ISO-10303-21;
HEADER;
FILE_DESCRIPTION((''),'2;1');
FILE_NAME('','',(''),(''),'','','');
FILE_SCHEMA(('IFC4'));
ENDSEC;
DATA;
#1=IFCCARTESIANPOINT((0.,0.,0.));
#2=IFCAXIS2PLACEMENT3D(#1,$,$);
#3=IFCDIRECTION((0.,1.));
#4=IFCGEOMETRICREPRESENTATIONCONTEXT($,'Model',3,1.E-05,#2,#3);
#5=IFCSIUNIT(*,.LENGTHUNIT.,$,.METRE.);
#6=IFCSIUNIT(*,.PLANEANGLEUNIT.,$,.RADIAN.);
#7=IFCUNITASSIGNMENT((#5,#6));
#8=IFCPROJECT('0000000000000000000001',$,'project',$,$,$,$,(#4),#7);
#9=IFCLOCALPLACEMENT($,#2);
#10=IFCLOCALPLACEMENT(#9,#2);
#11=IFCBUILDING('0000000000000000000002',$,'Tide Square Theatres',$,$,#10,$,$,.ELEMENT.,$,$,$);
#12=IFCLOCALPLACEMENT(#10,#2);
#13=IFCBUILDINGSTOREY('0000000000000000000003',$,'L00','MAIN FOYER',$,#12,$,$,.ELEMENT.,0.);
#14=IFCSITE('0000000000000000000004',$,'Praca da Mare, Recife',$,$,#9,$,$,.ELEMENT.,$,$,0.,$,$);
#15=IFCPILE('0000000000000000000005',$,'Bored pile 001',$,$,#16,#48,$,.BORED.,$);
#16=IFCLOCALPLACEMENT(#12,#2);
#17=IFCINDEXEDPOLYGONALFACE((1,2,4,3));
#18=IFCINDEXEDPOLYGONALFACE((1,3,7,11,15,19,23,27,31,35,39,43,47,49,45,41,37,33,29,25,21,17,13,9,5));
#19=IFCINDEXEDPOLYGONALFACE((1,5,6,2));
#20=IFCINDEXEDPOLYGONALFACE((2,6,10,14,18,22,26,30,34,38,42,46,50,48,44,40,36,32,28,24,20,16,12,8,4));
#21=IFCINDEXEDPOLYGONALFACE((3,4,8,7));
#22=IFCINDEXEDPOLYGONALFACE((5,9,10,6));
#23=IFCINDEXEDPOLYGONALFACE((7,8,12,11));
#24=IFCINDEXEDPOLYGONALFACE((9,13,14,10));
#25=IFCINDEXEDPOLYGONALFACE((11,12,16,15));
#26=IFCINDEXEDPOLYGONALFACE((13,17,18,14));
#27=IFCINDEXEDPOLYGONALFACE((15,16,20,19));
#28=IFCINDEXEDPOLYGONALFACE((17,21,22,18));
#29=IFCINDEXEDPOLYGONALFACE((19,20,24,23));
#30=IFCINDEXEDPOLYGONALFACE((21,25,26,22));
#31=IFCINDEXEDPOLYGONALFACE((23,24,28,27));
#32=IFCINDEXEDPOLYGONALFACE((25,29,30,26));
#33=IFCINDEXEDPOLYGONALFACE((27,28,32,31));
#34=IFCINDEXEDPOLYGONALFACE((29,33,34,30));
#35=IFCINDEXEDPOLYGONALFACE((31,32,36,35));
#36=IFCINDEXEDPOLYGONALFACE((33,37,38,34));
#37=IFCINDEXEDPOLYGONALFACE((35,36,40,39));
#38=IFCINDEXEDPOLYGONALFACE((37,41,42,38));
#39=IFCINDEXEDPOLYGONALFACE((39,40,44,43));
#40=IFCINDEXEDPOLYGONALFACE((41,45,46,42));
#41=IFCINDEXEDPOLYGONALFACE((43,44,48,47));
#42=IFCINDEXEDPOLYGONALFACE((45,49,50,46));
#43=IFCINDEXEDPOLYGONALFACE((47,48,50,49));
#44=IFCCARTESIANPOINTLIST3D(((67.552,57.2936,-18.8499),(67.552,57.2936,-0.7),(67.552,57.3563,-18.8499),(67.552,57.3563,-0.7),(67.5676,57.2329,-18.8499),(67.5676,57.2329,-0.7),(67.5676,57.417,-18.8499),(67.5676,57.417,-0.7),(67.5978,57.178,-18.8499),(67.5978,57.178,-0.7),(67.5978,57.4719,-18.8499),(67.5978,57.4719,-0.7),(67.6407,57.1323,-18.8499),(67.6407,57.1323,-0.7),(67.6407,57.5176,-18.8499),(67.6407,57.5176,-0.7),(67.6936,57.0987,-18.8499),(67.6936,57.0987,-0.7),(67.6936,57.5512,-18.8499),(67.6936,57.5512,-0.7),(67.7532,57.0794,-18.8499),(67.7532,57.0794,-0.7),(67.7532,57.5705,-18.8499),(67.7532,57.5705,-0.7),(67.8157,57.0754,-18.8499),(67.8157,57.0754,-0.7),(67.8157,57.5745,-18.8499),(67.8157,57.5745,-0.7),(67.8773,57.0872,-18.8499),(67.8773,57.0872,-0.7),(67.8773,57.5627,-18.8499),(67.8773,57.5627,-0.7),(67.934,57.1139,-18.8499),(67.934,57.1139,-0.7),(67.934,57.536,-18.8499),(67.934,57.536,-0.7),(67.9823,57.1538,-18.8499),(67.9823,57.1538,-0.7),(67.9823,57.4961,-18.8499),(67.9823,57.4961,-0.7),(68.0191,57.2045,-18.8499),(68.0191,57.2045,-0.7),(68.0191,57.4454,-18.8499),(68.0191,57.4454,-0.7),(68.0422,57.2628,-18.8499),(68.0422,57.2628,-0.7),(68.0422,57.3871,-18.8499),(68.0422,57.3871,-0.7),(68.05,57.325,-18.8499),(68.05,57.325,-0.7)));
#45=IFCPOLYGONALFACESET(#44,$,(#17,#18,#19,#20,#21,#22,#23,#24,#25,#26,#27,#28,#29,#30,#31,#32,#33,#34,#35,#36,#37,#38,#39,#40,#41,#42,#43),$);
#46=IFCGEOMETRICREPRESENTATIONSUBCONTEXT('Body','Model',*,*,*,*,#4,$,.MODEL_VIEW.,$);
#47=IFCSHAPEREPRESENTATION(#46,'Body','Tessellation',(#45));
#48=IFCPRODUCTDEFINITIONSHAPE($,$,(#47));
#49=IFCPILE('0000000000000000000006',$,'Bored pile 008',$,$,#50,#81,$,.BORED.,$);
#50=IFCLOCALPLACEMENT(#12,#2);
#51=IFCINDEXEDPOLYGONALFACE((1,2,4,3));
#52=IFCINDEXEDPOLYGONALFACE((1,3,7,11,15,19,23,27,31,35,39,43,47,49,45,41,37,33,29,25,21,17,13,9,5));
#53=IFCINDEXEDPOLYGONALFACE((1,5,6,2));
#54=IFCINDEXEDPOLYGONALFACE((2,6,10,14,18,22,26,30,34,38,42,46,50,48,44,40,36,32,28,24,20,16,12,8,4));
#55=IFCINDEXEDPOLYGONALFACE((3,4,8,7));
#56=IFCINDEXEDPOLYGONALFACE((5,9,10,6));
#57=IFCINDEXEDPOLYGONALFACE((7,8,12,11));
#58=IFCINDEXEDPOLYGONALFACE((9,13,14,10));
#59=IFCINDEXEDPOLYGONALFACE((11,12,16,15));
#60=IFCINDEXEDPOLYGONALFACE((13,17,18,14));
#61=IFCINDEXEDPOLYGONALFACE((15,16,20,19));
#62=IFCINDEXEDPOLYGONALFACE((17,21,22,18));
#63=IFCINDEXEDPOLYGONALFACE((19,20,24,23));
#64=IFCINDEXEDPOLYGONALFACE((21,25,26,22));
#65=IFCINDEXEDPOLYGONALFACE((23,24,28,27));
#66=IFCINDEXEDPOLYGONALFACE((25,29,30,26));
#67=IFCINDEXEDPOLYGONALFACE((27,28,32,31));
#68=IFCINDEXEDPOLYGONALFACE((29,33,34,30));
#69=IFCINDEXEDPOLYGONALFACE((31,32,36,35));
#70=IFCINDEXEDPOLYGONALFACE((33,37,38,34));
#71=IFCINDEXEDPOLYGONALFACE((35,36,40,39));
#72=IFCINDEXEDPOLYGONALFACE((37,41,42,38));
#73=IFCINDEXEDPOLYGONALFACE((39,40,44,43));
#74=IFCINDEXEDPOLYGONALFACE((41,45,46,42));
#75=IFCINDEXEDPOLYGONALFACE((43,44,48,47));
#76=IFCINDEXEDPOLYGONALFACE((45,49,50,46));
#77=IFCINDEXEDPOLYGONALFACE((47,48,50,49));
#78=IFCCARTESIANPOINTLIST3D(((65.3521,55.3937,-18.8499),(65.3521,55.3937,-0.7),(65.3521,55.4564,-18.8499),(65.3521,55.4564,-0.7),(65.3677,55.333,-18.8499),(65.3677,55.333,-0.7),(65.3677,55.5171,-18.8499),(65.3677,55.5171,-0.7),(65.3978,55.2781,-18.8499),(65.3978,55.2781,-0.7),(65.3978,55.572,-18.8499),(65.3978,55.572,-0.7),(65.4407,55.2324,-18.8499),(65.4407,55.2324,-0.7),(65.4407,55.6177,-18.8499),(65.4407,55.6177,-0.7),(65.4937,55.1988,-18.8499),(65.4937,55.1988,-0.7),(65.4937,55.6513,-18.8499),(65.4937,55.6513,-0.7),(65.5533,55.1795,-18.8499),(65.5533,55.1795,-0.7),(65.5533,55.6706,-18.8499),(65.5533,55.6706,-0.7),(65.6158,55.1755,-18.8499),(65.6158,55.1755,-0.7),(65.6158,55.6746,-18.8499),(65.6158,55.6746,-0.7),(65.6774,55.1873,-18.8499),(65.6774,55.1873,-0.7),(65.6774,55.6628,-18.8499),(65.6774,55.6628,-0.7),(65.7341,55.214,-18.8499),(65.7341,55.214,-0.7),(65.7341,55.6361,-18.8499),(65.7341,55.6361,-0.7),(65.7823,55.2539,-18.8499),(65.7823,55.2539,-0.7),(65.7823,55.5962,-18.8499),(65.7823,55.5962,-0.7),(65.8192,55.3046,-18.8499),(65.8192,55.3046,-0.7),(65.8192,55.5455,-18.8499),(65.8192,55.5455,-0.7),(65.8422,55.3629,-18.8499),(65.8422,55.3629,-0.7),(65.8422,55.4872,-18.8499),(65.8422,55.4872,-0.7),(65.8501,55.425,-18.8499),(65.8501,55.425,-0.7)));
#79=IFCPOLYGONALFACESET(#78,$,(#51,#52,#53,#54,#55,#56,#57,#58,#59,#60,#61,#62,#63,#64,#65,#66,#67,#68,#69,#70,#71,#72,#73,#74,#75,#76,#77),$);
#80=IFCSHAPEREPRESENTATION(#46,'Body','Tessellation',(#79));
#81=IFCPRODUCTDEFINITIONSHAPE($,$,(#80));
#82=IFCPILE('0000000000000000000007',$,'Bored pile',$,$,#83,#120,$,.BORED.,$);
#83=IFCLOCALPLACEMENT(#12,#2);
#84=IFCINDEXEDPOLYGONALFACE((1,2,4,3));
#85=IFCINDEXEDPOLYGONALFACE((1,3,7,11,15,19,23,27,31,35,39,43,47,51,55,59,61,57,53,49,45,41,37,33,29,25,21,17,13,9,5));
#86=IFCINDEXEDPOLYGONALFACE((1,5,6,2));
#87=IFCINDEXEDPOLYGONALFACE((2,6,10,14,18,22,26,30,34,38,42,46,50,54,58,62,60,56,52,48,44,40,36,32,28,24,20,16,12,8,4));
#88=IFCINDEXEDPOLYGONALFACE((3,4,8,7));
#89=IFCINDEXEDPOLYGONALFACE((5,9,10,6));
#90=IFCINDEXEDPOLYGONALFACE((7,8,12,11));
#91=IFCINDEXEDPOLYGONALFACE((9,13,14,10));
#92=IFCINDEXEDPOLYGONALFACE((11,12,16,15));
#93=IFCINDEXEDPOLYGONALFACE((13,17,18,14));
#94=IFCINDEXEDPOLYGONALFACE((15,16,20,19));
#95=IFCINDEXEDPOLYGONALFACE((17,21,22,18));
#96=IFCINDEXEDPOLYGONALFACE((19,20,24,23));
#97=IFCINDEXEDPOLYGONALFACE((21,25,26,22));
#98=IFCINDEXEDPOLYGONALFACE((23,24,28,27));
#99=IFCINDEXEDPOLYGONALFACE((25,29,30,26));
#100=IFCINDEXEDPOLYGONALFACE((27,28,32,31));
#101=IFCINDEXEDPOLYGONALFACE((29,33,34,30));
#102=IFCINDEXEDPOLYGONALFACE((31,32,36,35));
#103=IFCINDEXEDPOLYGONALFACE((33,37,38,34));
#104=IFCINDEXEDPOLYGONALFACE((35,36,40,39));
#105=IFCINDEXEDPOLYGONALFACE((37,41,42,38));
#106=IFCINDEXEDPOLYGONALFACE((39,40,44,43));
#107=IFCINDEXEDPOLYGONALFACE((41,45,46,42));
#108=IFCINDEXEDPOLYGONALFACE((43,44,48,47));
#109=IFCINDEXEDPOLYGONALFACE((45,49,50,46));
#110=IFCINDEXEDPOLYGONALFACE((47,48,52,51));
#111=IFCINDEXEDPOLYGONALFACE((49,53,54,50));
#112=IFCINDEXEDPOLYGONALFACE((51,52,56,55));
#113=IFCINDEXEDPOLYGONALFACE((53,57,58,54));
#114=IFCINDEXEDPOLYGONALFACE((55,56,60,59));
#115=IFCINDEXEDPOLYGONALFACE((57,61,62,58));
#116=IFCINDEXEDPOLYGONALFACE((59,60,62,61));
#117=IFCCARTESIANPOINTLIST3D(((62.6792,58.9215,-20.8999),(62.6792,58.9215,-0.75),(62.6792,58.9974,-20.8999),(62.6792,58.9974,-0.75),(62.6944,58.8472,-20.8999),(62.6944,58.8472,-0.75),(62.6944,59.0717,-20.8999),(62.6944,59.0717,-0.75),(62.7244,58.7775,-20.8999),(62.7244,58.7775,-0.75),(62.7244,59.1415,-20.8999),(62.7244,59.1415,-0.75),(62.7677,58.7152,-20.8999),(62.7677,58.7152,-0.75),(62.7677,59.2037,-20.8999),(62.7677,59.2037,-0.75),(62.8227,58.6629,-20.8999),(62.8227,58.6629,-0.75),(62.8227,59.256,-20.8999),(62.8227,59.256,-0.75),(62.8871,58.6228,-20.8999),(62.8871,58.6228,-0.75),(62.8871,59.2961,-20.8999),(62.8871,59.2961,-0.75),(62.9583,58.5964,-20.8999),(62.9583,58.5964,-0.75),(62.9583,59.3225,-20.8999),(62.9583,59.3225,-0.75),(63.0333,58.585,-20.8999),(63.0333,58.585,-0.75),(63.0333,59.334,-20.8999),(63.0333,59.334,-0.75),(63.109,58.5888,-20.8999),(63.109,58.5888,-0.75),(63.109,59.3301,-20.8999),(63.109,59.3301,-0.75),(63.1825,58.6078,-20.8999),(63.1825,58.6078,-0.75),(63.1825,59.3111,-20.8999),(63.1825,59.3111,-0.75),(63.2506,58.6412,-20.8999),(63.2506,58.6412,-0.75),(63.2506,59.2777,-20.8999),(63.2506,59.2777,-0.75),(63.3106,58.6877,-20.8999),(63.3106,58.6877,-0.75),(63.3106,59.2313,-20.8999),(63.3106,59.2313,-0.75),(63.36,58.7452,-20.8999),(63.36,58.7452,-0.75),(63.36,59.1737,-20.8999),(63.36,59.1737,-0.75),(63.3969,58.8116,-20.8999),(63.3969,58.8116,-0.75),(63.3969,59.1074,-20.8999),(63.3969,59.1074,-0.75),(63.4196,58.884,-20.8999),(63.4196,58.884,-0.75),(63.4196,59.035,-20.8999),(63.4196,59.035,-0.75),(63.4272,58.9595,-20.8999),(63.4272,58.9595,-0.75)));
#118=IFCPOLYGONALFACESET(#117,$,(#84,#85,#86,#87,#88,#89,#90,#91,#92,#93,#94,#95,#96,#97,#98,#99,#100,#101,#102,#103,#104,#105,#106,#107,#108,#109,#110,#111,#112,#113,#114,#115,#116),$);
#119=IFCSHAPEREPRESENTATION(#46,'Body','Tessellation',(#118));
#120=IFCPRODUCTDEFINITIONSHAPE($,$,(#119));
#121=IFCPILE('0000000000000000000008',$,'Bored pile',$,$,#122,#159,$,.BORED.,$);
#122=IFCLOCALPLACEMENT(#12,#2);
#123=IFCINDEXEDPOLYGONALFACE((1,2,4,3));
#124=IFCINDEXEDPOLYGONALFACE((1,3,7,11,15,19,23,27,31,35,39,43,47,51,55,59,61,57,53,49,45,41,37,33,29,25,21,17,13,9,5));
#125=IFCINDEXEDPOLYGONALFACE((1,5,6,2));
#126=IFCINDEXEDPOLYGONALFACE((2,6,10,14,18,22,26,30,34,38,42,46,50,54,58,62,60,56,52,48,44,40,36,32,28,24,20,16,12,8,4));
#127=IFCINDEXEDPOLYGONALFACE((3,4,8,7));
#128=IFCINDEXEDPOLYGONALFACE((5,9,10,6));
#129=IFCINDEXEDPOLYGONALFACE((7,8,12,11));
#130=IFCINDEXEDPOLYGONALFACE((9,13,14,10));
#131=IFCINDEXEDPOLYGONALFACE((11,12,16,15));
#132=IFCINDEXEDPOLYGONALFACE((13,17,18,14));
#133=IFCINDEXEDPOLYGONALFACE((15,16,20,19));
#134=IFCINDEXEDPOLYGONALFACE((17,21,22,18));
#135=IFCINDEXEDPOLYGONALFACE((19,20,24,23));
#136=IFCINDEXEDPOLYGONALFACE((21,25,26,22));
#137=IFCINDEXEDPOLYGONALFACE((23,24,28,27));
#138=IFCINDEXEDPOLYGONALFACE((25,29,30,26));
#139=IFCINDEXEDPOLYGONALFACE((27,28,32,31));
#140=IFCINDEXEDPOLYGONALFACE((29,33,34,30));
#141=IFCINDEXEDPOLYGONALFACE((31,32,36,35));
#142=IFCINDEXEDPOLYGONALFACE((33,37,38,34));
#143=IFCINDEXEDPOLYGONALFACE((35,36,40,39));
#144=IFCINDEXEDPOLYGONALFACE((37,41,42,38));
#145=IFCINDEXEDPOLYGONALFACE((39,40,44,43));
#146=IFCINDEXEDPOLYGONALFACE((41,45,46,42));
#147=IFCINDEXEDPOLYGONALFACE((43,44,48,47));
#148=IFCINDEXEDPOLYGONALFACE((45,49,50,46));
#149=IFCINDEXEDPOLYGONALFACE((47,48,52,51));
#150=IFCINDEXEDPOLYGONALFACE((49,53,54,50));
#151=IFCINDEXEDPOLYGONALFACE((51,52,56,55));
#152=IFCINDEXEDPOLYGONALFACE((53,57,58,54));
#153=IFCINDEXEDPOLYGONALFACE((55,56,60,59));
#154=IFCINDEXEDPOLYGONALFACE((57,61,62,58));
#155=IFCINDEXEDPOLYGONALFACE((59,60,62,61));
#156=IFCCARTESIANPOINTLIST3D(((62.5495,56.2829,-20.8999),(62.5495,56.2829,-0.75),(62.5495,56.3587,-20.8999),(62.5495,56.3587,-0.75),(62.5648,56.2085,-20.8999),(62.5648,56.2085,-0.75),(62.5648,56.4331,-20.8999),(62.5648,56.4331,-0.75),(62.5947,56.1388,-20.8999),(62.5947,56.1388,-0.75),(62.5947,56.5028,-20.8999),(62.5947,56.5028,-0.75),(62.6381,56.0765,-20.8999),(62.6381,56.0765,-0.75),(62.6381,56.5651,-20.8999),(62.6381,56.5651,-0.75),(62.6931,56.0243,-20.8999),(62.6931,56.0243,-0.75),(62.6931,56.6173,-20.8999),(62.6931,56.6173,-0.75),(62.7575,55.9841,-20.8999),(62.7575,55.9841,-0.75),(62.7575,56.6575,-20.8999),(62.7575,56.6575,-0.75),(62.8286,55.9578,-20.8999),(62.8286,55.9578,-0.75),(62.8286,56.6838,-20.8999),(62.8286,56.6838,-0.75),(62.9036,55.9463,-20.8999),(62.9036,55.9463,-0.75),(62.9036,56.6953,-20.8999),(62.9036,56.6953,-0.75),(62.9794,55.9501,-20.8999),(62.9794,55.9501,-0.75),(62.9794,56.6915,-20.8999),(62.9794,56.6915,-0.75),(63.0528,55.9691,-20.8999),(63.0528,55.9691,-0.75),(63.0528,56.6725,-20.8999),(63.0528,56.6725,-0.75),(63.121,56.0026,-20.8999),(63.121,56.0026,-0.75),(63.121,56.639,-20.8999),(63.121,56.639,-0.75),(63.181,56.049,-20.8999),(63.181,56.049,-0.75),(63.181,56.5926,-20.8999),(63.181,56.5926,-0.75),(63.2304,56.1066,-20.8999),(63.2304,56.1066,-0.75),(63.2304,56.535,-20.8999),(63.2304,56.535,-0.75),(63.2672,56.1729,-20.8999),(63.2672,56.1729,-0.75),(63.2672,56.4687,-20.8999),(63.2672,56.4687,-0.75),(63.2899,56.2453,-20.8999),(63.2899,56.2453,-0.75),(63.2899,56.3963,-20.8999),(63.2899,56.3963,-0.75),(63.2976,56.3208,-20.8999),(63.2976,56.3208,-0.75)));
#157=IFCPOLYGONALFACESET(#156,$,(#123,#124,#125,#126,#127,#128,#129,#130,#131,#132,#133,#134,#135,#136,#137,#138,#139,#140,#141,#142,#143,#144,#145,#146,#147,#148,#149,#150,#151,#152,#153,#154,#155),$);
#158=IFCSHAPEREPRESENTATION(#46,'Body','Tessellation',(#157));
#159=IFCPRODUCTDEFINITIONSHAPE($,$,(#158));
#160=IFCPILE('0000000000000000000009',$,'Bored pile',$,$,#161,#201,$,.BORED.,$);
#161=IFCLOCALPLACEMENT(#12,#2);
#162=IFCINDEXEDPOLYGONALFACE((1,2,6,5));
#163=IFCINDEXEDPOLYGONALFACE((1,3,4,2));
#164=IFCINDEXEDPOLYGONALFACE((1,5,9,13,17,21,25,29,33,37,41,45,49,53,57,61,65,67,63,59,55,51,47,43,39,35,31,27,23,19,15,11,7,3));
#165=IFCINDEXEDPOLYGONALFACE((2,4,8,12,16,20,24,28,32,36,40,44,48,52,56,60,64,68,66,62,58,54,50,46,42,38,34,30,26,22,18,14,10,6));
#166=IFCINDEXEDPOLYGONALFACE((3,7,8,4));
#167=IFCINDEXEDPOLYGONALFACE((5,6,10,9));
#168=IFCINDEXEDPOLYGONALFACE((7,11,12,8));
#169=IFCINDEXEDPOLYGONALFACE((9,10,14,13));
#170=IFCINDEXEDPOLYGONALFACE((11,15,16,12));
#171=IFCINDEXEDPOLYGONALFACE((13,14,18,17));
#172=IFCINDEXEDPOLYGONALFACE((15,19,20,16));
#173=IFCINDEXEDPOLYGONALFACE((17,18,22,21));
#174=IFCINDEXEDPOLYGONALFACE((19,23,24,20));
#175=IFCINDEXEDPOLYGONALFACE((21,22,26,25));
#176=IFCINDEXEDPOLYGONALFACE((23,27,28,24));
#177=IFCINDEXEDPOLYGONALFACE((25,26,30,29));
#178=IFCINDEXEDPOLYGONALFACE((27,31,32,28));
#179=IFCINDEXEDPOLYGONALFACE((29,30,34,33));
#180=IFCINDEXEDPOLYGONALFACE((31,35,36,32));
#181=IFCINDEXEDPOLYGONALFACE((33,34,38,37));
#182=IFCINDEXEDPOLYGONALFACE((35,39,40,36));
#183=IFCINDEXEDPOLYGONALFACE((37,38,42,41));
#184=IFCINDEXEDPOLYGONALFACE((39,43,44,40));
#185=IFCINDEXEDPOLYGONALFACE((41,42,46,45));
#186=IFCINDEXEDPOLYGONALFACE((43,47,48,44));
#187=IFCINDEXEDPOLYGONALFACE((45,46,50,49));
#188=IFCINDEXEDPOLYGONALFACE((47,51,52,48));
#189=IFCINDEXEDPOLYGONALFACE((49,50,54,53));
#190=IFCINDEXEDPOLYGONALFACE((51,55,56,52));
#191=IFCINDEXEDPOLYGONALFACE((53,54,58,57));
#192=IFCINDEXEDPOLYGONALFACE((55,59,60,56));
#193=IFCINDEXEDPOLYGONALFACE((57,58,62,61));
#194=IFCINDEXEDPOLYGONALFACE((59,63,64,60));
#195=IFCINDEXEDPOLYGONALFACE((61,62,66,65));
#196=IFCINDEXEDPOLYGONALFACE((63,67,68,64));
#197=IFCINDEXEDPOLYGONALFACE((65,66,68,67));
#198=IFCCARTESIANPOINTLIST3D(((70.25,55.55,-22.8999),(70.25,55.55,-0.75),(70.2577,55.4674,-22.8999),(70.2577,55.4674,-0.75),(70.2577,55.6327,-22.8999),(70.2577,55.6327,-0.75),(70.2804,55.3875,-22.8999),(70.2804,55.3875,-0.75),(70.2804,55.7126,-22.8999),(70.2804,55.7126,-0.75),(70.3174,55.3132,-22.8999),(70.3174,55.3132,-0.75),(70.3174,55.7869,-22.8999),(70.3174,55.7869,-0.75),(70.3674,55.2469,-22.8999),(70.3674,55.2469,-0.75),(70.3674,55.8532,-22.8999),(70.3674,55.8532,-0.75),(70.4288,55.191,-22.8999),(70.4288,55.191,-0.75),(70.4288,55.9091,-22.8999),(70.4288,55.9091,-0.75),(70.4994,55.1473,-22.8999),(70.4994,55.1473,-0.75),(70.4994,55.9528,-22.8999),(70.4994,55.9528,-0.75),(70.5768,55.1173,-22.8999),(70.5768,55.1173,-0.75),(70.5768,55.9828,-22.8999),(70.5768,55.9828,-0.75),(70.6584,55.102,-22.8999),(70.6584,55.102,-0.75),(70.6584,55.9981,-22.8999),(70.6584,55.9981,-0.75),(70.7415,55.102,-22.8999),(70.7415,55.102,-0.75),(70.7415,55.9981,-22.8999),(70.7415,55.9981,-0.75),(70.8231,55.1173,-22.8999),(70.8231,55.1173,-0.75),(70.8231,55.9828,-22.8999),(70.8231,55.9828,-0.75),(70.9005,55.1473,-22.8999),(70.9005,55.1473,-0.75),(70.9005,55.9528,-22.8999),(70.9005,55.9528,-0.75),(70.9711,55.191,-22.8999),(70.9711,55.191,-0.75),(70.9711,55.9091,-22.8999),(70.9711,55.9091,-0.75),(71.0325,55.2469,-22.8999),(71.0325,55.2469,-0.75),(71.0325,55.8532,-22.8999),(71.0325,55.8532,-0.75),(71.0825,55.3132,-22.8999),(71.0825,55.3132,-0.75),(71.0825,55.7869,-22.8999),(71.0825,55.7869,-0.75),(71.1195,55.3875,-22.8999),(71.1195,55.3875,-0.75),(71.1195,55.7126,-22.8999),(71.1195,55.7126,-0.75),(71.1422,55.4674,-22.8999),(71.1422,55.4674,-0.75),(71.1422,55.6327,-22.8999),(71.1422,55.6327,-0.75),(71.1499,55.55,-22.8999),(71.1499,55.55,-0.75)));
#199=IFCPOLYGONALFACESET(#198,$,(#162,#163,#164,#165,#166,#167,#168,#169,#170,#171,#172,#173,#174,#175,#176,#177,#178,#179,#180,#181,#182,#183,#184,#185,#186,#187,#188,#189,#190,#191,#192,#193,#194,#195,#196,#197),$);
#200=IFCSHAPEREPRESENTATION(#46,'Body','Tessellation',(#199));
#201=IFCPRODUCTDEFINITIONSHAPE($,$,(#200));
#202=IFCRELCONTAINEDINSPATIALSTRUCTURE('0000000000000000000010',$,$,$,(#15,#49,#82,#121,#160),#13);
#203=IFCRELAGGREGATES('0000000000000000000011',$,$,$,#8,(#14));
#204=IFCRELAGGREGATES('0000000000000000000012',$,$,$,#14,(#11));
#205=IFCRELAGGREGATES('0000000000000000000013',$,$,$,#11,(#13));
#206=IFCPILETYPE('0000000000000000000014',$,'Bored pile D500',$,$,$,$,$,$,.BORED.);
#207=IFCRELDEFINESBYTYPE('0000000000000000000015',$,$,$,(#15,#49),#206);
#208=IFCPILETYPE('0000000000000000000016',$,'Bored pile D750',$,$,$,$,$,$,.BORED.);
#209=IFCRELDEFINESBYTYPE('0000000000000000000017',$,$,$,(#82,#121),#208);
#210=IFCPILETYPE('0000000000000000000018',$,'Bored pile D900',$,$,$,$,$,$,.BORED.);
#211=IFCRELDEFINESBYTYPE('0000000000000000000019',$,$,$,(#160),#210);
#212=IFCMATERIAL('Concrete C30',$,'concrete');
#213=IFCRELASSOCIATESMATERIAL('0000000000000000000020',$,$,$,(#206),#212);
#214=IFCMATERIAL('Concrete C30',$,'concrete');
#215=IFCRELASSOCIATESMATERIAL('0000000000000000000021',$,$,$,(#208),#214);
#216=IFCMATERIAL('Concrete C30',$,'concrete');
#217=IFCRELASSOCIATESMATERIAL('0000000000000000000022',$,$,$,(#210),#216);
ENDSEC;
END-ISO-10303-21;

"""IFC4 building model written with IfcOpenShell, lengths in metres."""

from ifc_helpers import new_model, si_unit, direction, frame, origin, origin_2d, place, context, subcontext, project, spatial, circle, extrude, material, material_profile, profile_set, type_object, element, save


model = new_model("IFC4")

# Units and contexts
model_context = context("Model", 3, precision=1e-05, world=origin(), true_north=direction((0.0, 1.0)))
body_context = subcontext(model_context, "Body", "Model", "MODEL_VIEW")
ifc_project = project(units=[si_unit("LENGTHUNIT", "METRE"), si_unit("PLANEANGLEUNIT", "RADIAN")], contexts=[model_context])

# Site, building, storey
site_placement = place(None, origin())
site = spatial("IfcSite", under=ifc_project, at=site_placement, Name="Praca da Mare, Recife", CompositionType="ELEMENT", RefElevation=0.0)
building_placement = place(site_placement, origin())
building = spatial("IfcBuilding", under=site, at=building_placement, Name="Tide Square Theatres", CompositionType="ELEMENT")
storey_placement = place(building_placement, origin())
storey = spatial("IfcBuildingStorey", under=building, at=storey_placement, Name="L00", Description="MAIN FOYER", CompositionType="ELEMENT", Elevation=0.0)

# Piles
ifc_material_1 = material(Name="Concrete C30", Category="concrete")
ifc_material_profile_1 = material_profile(ifc_material_1, circle(Radius=0.25, at=origin_2d()))
ifc_profile_set_1 = profile_set([ifc_material_profile_1], Name="Concrete C30")
pile_type_1 = type_object("IfcPileType", Name="Bored pile D500", PredefinedType="BORED", material=ifc_profile_set_1)
for number, where, z_axis, x_axis, name in (
    (1, (67.8, 57.325, -0.7), (0.0, 0.0, -1.0), (1.0, 0.0, 0.0), "Bored pile 001"),
    (2, (65.6001, 55.425, -0.7), (0.0, 0.0, -1.0), (1.0, 0.0, 0.0), "Bored pile 008"),
):
    element("IfcPile", number, at=place(storey_placement, frame(where, z_axis=z_axis, x_axis=x_axis)), inside=storey, type_object=pile_type_1, Name=name, PredefinedType="BORED", context=body_context, shape_type="SweptSolid", body=[
        extrude(circle(Radius=0.25, at=origin_2d()), origin(), (0.0, 0.0, 1.0), 18.1499),
    ])
ifc_material_2 = material(Name="Concrete C30", Category="concrete")
ifc_material_profile_2 = material_profile(ifc_material_2, circle(Radius=0.375, at=origin_2d()))
ifc_profile_set_2 = profile_set([ifc_material_profile_2], Name="Concrete C30")
pile_type_2 = type_object("IfcPileType", Name="Bored pile D750", PredefinedType="BORED", material=ifc_profile_set_2)
for number, where, z_axis, x_axis, name in (
    (3, (63.0522, 58.9595, -0.75), (0.0, 0.0, -1.0), (1.0, 0.0, 0.0), "Bored pile"),
    (4, (62.9226, 56.3208, -0.75), (0.0, 0.0, -1.0), (1.0, 0.0, 0.0), "Bored pile"),
):
    element("IfcPile", number, at=place(storey_placement, frame(where, z_axis=z_axis, x_axis=x_axis)), inside=storey, type_object=pile_type_2, Name=name, PredefinedType="BORED", context=body_context, shape_type="SweptSolid", body=[
        extrude(circle(Radius=0.375, at=origin_2d()), origin(), (0.0, 0.0, 1.0), 20.1499),
    ])
ifc_material_3 = material(Name="Concrete C30", Category="concrete")
ifc_material_profile_3 = material_profile(ifc_material_3, circle(Radius=0.45, at=origin_2d()))
ifc_profile_set_3 = profile_set([ifc_material_profile_3], Name="Concrete C30")
pile_type_3 = type_object("IfcPileType", Name="Bored pile D900", PredefinedType="BORED", material=ifc_profile_set_3)
for number, where, z_axis, x_axis, name in (
    (5, (70.7, 55.55, -0.75), (0.0, 0.0, -1.0), (1.0, 0.0, 0.0), "Bored pile"),
):
    element("IfcPile", number, at=place(storey_placement, frame(where, z_axis=z_axis, x_axis=x_axis)), inside=storey, type_object=pile_type_3, Name=name, PredefinedType="BORED", context=body_context, shape_type="SweptSolid", body=[
        extrude(circle(Radius=0.45, at=origin_2d()), origin(), (0.0, 0.0, 1.0), 22.1499),
    ])

save(model, "model.ifc")
